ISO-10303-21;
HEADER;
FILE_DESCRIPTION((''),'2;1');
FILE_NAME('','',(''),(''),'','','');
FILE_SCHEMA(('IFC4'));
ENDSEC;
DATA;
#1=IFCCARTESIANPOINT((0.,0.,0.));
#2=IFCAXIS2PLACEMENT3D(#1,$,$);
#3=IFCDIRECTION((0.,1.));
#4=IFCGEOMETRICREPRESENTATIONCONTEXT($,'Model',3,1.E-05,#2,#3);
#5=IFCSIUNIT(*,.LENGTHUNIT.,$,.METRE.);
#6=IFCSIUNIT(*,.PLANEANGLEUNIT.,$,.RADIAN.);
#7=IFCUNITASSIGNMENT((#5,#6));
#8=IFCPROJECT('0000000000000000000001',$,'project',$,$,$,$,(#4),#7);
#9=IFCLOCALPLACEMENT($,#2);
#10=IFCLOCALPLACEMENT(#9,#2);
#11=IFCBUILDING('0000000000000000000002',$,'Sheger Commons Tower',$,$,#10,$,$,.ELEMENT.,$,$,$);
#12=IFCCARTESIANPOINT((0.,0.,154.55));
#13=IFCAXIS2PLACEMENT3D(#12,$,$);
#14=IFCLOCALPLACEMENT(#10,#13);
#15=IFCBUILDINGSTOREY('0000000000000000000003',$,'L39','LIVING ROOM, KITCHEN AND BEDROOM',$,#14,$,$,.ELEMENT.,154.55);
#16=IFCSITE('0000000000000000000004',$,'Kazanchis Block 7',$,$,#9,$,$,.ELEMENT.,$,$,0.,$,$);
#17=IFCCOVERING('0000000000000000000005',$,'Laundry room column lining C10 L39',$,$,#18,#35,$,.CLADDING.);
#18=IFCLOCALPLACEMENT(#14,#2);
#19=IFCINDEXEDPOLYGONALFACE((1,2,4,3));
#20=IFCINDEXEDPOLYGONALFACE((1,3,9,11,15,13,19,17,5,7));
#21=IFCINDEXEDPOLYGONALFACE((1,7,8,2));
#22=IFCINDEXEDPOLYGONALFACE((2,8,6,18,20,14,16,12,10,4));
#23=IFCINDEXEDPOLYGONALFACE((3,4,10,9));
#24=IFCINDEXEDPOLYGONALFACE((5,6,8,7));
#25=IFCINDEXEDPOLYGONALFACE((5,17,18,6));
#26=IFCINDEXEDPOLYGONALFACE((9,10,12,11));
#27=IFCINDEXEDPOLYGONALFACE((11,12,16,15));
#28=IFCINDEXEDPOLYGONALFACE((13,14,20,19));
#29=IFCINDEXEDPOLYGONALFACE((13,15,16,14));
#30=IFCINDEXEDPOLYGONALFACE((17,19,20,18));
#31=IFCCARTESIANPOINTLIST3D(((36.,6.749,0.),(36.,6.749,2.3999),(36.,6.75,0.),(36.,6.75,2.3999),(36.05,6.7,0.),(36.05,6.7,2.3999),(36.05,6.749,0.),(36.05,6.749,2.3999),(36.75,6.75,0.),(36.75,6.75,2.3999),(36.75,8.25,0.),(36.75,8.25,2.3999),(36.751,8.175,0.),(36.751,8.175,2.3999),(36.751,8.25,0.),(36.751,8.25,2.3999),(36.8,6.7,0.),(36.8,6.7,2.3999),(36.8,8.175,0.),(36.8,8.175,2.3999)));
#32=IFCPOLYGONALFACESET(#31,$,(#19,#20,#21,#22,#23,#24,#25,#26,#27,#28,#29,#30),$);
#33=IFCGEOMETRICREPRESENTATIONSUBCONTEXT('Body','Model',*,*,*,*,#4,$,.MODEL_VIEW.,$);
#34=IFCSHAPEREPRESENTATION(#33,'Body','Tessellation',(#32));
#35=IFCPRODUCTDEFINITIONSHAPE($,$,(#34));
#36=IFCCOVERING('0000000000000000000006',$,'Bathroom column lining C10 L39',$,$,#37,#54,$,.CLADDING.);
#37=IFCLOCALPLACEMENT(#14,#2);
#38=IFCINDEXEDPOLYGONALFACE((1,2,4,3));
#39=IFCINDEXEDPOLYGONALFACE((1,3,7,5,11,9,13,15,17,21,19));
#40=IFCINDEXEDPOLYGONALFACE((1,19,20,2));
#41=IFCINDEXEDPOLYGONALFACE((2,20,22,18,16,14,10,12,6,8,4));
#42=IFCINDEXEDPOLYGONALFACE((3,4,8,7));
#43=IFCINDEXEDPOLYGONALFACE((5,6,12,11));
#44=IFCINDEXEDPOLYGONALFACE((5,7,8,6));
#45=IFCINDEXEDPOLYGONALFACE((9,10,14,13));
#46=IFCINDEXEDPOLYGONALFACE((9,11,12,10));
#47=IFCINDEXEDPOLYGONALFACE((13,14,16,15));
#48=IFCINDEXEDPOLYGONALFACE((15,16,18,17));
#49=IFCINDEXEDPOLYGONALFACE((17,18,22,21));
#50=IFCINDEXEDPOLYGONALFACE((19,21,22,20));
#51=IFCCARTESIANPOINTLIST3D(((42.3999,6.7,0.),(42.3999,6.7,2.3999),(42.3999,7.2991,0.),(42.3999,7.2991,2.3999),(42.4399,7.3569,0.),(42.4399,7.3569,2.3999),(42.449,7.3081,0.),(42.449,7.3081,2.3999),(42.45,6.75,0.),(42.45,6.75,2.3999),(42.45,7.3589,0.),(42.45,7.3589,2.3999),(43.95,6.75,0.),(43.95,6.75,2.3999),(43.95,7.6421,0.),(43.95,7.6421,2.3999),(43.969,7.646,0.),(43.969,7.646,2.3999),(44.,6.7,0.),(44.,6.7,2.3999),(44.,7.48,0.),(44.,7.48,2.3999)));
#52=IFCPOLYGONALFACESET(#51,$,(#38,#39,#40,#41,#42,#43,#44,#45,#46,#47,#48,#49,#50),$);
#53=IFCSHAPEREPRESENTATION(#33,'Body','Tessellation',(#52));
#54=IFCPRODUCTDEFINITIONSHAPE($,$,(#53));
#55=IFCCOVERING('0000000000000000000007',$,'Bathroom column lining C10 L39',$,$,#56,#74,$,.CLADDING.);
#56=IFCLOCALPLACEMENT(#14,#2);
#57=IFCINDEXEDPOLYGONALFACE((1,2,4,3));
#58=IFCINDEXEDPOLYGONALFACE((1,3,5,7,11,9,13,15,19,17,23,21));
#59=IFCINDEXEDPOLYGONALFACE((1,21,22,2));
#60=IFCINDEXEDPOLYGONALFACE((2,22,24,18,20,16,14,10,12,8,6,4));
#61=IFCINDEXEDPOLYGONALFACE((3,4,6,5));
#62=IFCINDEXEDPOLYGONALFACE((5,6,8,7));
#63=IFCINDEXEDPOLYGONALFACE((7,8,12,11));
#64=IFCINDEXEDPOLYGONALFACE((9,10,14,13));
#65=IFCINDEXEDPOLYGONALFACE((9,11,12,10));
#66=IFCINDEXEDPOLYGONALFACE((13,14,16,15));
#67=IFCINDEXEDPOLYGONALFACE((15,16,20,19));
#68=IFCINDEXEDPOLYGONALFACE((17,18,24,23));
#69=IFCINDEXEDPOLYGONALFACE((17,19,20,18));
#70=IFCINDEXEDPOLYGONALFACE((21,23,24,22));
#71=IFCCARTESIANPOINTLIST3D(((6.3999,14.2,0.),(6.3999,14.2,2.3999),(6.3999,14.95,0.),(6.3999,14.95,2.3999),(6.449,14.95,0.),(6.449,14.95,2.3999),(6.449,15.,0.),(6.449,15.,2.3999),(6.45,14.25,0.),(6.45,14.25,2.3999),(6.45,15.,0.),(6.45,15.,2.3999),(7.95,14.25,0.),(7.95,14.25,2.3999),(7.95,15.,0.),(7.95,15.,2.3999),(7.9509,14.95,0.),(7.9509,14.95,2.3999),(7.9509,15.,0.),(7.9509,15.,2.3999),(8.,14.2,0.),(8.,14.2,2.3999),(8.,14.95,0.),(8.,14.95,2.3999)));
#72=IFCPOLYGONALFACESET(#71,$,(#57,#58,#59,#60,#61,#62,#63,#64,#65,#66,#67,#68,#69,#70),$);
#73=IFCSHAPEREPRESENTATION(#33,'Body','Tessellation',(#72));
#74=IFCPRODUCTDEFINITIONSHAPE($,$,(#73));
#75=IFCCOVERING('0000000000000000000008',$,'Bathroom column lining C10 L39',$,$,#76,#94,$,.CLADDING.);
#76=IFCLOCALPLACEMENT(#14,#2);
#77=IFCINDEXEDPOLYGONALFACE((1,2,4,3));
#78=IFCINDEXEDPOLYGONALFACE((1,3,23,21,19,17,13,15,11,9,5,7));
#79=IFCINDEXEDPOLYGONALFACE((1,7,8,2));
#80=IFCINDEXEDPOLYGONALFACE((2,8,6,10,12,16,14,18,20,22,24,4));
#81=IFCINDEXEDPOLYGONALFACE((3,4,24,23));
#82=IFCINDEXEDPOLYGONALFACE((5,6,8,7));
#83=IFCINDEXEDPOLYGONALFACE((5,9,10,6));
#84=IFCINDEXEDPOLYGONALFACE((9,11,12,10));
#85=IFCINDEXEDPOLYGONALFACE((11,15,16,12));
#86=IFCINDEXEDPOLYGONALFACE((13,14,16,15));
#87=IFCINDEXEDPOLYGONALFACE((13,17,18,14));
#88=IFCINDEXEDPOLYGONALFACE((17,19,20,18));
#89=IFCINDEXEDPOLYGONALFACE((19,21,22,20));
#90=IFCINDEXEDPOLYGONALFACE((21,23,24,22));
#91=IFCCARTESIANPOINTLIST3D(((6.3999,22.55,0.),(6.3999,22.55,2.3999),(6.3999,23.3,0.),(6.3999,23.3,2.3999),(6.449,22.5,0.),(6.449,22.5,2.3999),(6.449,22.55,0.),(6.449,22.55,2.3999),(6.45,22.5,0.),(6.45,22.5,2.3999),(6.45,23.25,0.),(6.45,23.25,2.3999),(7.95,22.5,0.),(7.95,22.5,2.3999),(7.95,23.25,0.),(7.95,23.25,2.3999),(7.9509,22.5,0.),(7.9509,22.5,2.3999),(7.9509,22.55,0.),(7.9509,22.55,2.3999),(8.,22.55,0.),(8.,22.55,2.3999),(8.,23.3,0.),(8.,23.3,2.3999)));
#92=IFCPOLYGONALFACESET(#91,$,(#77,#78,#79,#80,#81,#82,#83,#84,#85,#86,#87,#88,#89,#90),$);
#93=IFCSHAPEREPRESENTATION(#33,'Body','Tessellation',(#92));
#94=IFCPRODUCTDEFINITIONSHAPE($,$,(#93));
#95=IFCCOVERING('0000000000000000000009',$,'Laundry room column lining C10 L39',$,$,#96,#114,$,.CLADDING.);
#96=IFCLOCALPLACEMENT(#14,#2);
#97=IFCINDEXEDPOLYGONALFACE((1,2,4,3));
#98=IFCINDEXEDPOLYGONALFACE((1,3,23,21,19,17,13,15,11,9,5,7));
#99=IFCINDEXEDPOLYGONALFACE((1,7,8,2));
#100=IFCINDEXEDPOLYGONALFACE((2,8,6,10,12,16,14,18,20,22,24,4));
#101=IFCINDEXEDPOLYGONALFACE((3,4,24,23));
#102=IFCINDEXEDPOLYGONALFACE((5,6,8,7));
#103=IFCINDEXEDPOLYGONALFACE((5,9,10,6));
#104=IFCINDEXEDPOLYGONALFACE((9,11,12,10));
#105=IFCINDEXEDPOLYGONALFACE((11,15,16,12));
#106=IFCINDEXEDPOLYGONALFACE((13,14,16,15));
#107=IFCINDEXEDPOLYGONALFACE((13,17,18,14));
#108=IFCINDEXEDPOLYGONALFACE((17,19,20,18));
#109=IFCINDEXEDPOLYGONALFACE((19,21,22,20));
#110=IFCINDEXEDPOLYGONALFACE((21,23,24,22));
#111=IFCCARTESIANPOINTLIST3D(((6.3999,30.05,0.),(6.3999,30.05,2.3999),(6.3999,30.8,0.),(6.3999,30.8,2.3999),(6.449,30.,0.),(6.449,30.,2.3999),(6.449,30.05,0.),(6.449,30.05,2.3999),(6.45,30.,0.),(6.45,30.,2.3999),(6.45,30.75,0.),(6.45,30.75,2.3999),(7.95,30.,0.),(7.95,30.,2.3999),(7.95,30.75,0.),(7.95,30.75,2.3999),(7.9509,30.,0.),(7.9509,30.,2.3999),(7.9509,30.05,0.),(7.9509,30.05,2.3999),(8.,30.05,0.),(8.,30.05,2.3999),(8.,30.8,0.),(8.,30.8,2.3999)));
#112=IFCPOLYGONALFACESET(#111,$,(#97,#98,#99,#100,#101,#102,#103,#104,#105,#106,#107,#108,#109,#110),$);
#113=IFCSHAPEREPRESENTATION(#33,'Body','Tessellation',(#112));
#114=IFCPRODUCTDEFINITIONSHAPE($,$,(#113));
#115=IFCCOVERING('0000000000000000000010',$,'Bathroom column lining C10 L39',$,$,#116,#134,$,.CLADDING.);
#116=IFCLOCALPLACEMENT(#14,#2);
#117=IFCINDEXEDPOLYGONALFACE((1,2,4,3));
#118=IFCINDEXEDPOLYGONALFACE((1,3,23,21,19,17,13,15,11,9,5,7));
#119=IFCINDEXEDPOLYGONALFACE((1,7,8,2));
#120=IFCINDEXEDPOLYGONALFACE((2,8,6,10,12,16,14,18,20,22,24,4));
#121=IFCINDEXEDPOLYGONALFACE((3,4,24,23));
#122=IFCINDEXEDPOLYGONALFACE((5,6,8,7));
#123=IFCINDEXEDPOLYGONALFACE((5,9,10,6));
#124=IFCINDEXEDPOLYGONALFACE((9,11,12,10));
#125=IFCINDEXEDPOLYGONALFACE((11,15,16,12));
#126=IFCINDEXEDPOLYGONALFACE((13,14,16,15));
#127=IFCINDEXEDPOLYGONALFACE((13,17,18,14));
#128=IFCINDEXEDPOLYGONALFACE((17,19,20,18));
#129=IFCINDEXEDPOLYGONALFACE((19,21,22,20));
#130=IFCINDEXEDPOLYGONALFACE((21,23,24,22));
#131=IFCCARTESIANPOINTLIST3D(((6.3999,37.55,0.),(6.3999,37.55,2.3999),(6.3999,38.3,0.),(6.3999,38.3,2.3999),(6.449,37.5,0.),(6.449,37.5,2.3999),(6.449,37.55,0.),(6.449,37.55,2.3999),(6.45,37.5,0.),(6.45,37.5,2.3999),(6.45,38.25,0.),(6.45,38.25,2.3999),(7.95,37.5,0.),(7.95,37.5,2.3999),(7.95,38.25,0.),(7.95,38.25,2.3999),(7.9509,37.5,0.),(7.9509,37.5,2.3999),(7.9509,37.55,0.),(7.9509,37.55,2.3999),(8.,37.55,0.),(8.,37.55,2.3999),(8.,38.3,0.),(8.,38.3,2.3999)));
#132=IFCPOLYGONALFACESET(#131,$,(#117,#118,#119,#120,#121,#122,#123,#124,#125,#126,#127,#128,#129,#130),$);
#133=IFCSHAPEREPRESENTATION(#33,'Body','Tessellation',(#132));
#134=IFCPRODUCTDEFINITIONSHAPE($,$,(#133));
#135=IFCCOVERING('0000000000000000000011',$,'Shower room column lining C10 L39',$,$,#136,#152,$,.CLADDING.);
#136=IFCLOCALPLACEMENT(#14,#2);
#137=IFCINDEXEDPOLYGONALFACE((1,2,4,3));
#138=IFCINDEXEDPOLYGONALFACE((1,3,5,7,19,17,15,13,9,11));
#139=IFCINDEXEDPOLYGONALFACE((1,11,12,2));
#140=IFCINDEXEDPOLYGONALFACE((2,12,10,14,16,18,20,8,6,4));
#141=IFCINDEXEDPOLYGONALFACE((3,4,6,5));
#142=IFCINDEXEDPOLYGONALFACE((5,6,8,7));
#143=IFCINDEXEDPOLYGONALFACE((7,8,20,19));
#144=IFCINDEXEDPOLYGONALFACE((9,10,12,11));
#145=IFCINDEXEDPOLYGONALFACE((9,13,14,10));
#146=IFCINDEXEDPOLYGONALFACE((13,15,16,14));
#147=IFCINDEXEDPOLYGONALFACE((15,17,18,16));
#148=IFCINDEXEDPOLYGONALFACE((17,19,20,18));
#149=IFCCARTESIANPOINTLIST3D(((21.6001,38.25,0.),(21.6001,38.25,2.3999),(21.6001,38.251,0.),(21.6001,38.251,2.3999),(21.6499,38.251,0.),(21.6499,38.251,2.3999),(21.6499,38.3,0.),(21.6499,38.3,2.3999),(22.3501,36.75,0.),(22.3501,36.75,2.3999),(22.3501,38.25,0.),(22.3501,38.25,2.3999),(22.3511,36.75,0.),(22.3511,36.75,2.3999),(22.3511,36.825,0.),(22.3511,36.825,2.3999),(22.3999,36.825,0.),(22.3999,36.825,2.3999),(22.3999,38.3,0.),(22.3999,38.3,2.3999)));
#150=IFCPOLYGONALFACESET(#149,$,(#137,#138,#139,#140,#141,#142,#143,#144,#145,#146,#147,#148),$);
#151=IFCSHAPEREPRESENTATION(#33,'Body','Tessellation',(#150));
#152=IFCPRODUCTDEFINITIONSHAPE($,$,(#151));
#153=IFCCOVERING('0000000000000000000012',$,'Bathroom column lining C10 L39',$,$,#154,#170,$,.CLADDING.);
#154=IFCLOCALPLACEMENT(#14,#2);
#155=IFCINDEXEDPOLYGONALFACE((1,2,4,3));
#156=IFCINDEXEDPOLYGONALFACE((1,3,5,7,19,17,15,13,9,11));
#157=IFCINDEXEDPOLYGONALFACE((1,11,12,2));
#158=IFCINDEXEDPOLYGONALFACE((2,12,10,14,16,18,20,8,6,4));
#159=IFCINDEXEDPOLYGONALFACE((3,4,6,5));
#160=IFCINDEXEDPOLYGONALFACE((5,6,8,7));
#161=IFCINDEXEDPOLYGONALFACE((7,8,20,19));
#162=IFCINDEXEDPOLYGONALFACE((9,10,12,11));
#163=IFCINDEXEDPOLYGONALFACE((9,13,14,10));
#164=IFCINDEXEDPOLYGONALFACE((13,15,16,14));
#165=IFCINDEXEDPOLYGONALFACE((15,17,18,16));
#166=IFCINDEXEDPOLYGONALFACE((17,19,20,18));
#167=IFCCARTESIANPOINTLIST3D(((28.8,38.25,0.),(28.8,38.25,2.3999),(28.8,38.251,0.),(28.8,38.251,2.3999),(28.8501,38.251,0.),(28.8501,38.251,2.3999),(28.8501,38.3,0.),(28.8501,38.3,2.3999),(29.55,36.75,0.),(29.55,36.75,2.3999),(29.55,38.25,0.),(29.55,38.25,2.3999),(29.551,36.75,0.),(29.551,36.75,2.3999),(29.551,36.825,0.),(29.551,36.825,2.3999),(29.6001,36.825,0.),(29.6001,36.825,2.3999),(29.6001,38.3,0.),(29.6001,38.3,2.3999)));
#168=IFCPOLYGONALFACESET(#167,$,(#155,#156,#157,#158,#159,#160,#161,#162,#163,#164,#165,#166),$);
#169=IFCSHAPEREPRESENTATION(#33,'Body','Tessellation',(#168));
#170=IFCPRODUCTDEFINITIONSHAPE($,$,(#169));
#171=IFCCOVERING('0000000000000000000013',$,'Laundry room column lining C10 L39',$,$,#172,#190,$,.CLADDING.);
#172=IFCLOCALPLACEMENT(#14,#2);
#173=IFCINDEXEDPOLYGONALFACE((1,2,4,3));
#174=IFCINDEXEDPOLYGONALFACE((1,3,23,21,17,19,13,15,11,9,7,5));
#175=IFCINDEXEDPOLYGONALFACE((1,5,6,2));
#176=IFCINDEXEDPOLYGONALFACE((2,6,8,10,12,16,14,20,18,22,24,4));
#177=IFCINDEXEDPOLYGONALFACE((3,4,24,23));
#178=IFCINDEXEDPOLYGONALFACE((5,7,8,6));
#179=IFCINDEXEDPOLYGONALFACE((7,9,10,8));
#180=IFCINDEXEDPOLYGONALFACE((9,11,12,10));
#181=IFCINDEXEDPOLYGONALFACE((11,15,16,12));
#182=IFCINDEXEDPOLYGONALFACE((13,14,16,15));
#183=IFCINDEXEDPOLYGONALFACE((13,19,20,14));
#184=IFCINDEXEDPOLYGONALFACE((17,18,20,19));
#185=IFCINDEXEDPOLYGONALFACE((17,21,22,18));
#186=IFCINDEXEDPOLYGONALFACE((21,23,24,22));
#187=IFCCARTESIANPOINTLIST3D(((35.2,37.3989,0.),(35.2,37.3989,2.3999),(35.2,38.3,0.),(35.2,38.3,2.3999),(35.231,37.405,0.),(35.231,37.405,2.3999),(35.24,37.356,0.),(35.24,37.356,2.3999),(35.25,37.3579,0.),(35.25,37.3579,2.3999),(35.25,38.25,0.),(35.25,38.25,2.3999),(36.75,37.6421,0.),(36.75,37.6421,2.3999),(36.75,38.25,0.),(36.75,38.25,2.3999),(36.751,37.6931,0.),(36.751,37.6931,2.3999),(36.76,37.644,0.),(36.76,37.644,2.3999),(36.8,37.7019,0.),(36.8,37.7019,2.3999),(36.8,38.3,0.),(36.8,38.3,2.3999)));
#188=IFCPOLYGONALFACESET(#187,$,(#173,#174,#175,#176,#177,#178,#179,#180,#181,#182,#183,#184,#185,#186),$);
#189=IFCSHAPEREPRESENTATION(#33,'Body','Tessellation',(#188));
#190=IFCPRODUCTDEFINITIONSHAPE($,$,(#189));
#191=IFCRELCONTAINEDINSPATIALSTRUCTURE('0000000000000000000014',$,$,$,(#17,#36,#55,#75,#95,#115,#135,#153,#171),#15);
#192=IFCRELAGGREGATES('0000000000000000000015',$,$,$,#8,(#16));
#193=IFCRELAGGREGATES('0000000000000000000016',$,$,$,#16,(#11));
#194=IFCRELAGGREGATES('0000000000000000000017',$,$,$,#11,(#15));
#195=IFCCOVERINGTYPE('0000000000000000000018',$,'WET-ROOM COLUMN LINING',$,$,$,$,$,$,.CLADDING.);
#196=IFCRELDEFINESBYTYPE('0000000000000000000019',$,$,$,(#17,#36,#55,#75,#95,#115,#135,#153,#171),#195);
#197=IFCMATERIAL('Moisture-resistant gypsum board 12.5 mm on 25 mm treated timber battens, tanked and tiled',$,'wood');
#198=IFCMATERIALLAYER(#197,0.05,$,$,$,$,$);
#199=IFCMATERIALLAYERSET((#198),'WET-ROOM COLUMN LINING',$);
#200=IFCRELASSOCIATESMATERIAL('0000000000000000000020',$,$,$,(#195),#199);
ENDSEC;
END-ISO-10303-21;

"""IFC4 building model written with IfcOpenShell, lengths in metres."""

from ifc_helpers import new_model, si_unit, direction, frame, origin, place, context, subcontext, project, spatial, polyline, outline, extrude, material, layer, layer_set, type_object, element, save


model = new_model("IFC4")

# Units and contexts
model_context = context("Model", 3, precision=1e-05, world=origin(), true_north=direction((0.0, 1.0)))
body_context = subcontext(model_context, "Body", "Model", "MODEL_VIEW")
ifc_project = project(units=[si_unit("LENGTHUNIT", "METRE"), si_unit("PLANEANGLEUNIT", "RADIAN")], contexts=[model_context])

# Site, building, storey
site_placement = place(None, origin())
site = spatial("IfcSite", under=ifc_project, at=site_placement, Name="Kazanchis Block 7", CompositionType="ELEMENT", RefElevation=0.0)
building_placement = place(site_placement, origin())
building = spatial("IfcBuilding", under=site, at=building_placement, Name="Sheger Commons Tower", CompositionType="ELEMENT")
storey_placement = place(building_placement, frame((0.0, 0.0, 154.55)))
storey = spatial("IfcBuildingStorey", under=building, at=storey_placement, Name="L39", Description="LIVING ROOM, KITCHEN AND BEDROOM", CompositionType="ELEMENT", Elevation=154.55)

# Coverings
ifc_material_1 = material(Name="Moisture-resistant gypsum board 12.5 mm on 25 mm treated timber battens, tanked and tiled", Category="wood")
ifc_layer_1 = layer(ifc_material_1, 0.05)
ifc_layer_set_1 = layer_set([ifc_layer_1], Name="WET-ROOM COLUMN LINING")
covering_type_1 = type_object("IfcCoveringType", Name="WET-ROOM COLUMN LINING", PredefinedType="CLADDING", material=ifc_layer_set_1)
covering_1_placement = place(storey_placement, origin())
element("IfcCovering", 1, at=covering_1_placement, inside=storey, type_object=covering_type_1, Name="Laundry room column lining C10 L39", PredefinedType="CLADDING", context=body_context, shape_type="SweptSolid", body=[
    extrude(outline(polyline([(36.05, 6.7), (36.05, 6.749), (36.0, 6.749), (36.0, 6.75), (36.75, 6.75), (36.75, 8.25), (36.751, 8.25), (36.751, 8.175), (36.8, 8.175), (36.8, 6.7), (36.05, 6.7)])), origin(), (0.0, 0.0, 1.0), 2.3999),
])
covering_2_placement = place(storey_placement, origin())
element("IfcCovering", 2, at=covering_2_placement, inside=storey, type_object=covering_type_1, Name="Bathroom column lining C10 L39", PredefinedType="CLADDING", context=body_context, shape_type="SweptSolid", body=[
    extrude(outline(polyline([(42.45, 7.3589), (42.45, 6.75), (43.95, 6.75), (43.95, 7.6421), (43.969, 7.646), (44.0, 7.48), (44.0, 6.7), (42.3999, 6.7), (42.3999, 7.2991), (42.449, 7.3081), (42.4399, 7.3569), (42.45, 7.3589)])), origin(), (0.0, 0.0, 1.0), 2.3999),
])
covering_3_placement = place(storey_placement, origin())
element("IfcCovering", 3, at=covering_3_placement, inside=storey, type_object=covering_type_1, Name="Bathroom column lining C10 L39", PredefinedType="CLADDING", context=body_context, shape_type="SweptSolid", body=[
    extrude(outline(polyline([(6.45, 15.0), (6.45, 14.25), (7.95, 14.25), (7.95, 15.0), (7.9509, 15.0), (7.9509, 14.95), (8.0, 14.95), (8.0, 14.2), (6.3999, 14.2), (6.3999, 14.95), (6.449, 14.95), (6.449, 15.0), (6.45, 15.0)])), origin(), (0.0, 0.0, 1.0), 2.3999),
])
covering_4_placement = place(storey_placement, origin())
element("IfcCovering", 4, at=covering_4_placement, inside=storey, type_object=covering_type_1, Name="Bathroom column lining C10 L39", PredefinedType="CLADDING", context=body_context, shape_type="SweptSolid", body=[
    extrude(outline(polyline([(8.0, 23.3), (8.0, 22.55), (7.9509, 22.55), (7.9509, 22.5), (7.95, 22.5), (7.95, 23.25), (6.45, 23.25), (6.45, 22.5), (6.449, 22.5), (6.449, 22.55), (6.3999, 22.55), (6.3999, 23.3), (8.0, 23.3)])), origin(), (0.0, 0.0, 1.0), 2.3999),
])
covering_5_placement = place(storey_placement, origin())
element("IfcCovering", 5, at=covering_5_placement, inside=storey, type_object=covering_type_1, Name="Laundry room column lining C10 L39", PredefinedType="CLADDING", context=body_context, shape_type="SweptSolid", body=[
    extrude(outline(polyline([(8.0, 30.8), (8.0, 30.05), (7.9509, 30.05), (7.9509, 30.0), (7.95, 30.0), (7.95, 30.75), (6.45, 30.75), (6.45, 30.0), (6.449, 30.0), (6.449, 30.05), (6.3999, 30.05), (6.3999, 30.8), (8.0, 30.8)])), origin(), (0.0, 0.0, 1.0), 2.3999),
])
covering_6_placement = place(storey_placement, origin())
element("IfcCovering", 6, at=covering_6_placement, inside=storey, type_object=covering_type_1, Name="Bathroom column lining C10 L39", PredefinedType="CLADDING", context=body_context, shape_type="SweptSolid", body=[
    extrude(outline(polyline([(8.0, 38.3), (8.0, 37.55), (7.9509, 37.55), (7.9509, 37.5), (7.95, 37.5), (7.95, 38.25), (6.45, 38.25), (6.45, 37.5), (6.449, 37.5), (6.449, 37.55), (6.3999, 37.55), (6.3999, 38.3), (8.0, 38.3)])), origin(), (0.0, 0.0, 1.0), 2.3999),
])
covering_7_placement = place(storey_placement, origin())
element("IfcCovering", 7, at=covering_7_placement, inside=storey, type_object=covering_type_1, Name="Shower room column lining C10 L39", PredefinedType="CLADDING", context=body_context, shape_type="SweptSolid", body=[
    extrude(outline(polyline([(22.3999, 36.825), (22.3511, 36.825), (22.3511, 36.75), (22.3501, 36.75), (22.3501, 38.25), (21.6001, 38.25), (21.6001, 38.251), (21.6499, 38.251), (21.6499, 38.3), (22.3999, 38.3), (22.3999, 36.825)])), origin(), (0.0, 0.0, 1.0), 2.3999),
])
covering_8_placement = place(storey_placement, origin())
element("IfcCovering", 8, at=covering_8_placement, inside=storey, type_object=covering_type_1, Name="Bathroom column lining C10 L39", PredefinedType="CLADDING", context=body_context, shape_type="SweptSolid", body=[
    extrude(outline(polyline([(29.6001, 36.825), (29.551, 36.825), (29.551, 36.75), (29.55, 36.75), (29.55, 38.25), (28.8, 38.25), (28.8, 38.251), (28.8501, 38.251), (28.8501, 38.3), (29.6001, 38.3), (29.6001, 36.825)])), origin(), (0.0, 0.0, 1.0), 2.3999),
])
covering_9_placement = place(storey_placement, origin())
element("IfcCovering", 9, at=covering_9_placement, inside=storey, type_object=covering_type_1, Name="Laundry room column lining C10 L39", PredefinedType="CLADDING", context=body_context, shape_type="SweptSolid", body=[
    extrude(outline(polyline([(36.8, 38.3), (36.8, 37.7019), (36.751, 37.6931), (36.76, 37.644), (36.75, 37.6421), (36.75, 38.25), (35.25, 38.25), (35.25, 37.3579), (35.24, 37.356), (35.231, 37.405), (35.2, 37.3989), (35.2, 38.3), (36.8, 38.3)])), origin(), (0.0, 0.0, 1.0), 2.3999),
])

save(model, "model.ifc")
